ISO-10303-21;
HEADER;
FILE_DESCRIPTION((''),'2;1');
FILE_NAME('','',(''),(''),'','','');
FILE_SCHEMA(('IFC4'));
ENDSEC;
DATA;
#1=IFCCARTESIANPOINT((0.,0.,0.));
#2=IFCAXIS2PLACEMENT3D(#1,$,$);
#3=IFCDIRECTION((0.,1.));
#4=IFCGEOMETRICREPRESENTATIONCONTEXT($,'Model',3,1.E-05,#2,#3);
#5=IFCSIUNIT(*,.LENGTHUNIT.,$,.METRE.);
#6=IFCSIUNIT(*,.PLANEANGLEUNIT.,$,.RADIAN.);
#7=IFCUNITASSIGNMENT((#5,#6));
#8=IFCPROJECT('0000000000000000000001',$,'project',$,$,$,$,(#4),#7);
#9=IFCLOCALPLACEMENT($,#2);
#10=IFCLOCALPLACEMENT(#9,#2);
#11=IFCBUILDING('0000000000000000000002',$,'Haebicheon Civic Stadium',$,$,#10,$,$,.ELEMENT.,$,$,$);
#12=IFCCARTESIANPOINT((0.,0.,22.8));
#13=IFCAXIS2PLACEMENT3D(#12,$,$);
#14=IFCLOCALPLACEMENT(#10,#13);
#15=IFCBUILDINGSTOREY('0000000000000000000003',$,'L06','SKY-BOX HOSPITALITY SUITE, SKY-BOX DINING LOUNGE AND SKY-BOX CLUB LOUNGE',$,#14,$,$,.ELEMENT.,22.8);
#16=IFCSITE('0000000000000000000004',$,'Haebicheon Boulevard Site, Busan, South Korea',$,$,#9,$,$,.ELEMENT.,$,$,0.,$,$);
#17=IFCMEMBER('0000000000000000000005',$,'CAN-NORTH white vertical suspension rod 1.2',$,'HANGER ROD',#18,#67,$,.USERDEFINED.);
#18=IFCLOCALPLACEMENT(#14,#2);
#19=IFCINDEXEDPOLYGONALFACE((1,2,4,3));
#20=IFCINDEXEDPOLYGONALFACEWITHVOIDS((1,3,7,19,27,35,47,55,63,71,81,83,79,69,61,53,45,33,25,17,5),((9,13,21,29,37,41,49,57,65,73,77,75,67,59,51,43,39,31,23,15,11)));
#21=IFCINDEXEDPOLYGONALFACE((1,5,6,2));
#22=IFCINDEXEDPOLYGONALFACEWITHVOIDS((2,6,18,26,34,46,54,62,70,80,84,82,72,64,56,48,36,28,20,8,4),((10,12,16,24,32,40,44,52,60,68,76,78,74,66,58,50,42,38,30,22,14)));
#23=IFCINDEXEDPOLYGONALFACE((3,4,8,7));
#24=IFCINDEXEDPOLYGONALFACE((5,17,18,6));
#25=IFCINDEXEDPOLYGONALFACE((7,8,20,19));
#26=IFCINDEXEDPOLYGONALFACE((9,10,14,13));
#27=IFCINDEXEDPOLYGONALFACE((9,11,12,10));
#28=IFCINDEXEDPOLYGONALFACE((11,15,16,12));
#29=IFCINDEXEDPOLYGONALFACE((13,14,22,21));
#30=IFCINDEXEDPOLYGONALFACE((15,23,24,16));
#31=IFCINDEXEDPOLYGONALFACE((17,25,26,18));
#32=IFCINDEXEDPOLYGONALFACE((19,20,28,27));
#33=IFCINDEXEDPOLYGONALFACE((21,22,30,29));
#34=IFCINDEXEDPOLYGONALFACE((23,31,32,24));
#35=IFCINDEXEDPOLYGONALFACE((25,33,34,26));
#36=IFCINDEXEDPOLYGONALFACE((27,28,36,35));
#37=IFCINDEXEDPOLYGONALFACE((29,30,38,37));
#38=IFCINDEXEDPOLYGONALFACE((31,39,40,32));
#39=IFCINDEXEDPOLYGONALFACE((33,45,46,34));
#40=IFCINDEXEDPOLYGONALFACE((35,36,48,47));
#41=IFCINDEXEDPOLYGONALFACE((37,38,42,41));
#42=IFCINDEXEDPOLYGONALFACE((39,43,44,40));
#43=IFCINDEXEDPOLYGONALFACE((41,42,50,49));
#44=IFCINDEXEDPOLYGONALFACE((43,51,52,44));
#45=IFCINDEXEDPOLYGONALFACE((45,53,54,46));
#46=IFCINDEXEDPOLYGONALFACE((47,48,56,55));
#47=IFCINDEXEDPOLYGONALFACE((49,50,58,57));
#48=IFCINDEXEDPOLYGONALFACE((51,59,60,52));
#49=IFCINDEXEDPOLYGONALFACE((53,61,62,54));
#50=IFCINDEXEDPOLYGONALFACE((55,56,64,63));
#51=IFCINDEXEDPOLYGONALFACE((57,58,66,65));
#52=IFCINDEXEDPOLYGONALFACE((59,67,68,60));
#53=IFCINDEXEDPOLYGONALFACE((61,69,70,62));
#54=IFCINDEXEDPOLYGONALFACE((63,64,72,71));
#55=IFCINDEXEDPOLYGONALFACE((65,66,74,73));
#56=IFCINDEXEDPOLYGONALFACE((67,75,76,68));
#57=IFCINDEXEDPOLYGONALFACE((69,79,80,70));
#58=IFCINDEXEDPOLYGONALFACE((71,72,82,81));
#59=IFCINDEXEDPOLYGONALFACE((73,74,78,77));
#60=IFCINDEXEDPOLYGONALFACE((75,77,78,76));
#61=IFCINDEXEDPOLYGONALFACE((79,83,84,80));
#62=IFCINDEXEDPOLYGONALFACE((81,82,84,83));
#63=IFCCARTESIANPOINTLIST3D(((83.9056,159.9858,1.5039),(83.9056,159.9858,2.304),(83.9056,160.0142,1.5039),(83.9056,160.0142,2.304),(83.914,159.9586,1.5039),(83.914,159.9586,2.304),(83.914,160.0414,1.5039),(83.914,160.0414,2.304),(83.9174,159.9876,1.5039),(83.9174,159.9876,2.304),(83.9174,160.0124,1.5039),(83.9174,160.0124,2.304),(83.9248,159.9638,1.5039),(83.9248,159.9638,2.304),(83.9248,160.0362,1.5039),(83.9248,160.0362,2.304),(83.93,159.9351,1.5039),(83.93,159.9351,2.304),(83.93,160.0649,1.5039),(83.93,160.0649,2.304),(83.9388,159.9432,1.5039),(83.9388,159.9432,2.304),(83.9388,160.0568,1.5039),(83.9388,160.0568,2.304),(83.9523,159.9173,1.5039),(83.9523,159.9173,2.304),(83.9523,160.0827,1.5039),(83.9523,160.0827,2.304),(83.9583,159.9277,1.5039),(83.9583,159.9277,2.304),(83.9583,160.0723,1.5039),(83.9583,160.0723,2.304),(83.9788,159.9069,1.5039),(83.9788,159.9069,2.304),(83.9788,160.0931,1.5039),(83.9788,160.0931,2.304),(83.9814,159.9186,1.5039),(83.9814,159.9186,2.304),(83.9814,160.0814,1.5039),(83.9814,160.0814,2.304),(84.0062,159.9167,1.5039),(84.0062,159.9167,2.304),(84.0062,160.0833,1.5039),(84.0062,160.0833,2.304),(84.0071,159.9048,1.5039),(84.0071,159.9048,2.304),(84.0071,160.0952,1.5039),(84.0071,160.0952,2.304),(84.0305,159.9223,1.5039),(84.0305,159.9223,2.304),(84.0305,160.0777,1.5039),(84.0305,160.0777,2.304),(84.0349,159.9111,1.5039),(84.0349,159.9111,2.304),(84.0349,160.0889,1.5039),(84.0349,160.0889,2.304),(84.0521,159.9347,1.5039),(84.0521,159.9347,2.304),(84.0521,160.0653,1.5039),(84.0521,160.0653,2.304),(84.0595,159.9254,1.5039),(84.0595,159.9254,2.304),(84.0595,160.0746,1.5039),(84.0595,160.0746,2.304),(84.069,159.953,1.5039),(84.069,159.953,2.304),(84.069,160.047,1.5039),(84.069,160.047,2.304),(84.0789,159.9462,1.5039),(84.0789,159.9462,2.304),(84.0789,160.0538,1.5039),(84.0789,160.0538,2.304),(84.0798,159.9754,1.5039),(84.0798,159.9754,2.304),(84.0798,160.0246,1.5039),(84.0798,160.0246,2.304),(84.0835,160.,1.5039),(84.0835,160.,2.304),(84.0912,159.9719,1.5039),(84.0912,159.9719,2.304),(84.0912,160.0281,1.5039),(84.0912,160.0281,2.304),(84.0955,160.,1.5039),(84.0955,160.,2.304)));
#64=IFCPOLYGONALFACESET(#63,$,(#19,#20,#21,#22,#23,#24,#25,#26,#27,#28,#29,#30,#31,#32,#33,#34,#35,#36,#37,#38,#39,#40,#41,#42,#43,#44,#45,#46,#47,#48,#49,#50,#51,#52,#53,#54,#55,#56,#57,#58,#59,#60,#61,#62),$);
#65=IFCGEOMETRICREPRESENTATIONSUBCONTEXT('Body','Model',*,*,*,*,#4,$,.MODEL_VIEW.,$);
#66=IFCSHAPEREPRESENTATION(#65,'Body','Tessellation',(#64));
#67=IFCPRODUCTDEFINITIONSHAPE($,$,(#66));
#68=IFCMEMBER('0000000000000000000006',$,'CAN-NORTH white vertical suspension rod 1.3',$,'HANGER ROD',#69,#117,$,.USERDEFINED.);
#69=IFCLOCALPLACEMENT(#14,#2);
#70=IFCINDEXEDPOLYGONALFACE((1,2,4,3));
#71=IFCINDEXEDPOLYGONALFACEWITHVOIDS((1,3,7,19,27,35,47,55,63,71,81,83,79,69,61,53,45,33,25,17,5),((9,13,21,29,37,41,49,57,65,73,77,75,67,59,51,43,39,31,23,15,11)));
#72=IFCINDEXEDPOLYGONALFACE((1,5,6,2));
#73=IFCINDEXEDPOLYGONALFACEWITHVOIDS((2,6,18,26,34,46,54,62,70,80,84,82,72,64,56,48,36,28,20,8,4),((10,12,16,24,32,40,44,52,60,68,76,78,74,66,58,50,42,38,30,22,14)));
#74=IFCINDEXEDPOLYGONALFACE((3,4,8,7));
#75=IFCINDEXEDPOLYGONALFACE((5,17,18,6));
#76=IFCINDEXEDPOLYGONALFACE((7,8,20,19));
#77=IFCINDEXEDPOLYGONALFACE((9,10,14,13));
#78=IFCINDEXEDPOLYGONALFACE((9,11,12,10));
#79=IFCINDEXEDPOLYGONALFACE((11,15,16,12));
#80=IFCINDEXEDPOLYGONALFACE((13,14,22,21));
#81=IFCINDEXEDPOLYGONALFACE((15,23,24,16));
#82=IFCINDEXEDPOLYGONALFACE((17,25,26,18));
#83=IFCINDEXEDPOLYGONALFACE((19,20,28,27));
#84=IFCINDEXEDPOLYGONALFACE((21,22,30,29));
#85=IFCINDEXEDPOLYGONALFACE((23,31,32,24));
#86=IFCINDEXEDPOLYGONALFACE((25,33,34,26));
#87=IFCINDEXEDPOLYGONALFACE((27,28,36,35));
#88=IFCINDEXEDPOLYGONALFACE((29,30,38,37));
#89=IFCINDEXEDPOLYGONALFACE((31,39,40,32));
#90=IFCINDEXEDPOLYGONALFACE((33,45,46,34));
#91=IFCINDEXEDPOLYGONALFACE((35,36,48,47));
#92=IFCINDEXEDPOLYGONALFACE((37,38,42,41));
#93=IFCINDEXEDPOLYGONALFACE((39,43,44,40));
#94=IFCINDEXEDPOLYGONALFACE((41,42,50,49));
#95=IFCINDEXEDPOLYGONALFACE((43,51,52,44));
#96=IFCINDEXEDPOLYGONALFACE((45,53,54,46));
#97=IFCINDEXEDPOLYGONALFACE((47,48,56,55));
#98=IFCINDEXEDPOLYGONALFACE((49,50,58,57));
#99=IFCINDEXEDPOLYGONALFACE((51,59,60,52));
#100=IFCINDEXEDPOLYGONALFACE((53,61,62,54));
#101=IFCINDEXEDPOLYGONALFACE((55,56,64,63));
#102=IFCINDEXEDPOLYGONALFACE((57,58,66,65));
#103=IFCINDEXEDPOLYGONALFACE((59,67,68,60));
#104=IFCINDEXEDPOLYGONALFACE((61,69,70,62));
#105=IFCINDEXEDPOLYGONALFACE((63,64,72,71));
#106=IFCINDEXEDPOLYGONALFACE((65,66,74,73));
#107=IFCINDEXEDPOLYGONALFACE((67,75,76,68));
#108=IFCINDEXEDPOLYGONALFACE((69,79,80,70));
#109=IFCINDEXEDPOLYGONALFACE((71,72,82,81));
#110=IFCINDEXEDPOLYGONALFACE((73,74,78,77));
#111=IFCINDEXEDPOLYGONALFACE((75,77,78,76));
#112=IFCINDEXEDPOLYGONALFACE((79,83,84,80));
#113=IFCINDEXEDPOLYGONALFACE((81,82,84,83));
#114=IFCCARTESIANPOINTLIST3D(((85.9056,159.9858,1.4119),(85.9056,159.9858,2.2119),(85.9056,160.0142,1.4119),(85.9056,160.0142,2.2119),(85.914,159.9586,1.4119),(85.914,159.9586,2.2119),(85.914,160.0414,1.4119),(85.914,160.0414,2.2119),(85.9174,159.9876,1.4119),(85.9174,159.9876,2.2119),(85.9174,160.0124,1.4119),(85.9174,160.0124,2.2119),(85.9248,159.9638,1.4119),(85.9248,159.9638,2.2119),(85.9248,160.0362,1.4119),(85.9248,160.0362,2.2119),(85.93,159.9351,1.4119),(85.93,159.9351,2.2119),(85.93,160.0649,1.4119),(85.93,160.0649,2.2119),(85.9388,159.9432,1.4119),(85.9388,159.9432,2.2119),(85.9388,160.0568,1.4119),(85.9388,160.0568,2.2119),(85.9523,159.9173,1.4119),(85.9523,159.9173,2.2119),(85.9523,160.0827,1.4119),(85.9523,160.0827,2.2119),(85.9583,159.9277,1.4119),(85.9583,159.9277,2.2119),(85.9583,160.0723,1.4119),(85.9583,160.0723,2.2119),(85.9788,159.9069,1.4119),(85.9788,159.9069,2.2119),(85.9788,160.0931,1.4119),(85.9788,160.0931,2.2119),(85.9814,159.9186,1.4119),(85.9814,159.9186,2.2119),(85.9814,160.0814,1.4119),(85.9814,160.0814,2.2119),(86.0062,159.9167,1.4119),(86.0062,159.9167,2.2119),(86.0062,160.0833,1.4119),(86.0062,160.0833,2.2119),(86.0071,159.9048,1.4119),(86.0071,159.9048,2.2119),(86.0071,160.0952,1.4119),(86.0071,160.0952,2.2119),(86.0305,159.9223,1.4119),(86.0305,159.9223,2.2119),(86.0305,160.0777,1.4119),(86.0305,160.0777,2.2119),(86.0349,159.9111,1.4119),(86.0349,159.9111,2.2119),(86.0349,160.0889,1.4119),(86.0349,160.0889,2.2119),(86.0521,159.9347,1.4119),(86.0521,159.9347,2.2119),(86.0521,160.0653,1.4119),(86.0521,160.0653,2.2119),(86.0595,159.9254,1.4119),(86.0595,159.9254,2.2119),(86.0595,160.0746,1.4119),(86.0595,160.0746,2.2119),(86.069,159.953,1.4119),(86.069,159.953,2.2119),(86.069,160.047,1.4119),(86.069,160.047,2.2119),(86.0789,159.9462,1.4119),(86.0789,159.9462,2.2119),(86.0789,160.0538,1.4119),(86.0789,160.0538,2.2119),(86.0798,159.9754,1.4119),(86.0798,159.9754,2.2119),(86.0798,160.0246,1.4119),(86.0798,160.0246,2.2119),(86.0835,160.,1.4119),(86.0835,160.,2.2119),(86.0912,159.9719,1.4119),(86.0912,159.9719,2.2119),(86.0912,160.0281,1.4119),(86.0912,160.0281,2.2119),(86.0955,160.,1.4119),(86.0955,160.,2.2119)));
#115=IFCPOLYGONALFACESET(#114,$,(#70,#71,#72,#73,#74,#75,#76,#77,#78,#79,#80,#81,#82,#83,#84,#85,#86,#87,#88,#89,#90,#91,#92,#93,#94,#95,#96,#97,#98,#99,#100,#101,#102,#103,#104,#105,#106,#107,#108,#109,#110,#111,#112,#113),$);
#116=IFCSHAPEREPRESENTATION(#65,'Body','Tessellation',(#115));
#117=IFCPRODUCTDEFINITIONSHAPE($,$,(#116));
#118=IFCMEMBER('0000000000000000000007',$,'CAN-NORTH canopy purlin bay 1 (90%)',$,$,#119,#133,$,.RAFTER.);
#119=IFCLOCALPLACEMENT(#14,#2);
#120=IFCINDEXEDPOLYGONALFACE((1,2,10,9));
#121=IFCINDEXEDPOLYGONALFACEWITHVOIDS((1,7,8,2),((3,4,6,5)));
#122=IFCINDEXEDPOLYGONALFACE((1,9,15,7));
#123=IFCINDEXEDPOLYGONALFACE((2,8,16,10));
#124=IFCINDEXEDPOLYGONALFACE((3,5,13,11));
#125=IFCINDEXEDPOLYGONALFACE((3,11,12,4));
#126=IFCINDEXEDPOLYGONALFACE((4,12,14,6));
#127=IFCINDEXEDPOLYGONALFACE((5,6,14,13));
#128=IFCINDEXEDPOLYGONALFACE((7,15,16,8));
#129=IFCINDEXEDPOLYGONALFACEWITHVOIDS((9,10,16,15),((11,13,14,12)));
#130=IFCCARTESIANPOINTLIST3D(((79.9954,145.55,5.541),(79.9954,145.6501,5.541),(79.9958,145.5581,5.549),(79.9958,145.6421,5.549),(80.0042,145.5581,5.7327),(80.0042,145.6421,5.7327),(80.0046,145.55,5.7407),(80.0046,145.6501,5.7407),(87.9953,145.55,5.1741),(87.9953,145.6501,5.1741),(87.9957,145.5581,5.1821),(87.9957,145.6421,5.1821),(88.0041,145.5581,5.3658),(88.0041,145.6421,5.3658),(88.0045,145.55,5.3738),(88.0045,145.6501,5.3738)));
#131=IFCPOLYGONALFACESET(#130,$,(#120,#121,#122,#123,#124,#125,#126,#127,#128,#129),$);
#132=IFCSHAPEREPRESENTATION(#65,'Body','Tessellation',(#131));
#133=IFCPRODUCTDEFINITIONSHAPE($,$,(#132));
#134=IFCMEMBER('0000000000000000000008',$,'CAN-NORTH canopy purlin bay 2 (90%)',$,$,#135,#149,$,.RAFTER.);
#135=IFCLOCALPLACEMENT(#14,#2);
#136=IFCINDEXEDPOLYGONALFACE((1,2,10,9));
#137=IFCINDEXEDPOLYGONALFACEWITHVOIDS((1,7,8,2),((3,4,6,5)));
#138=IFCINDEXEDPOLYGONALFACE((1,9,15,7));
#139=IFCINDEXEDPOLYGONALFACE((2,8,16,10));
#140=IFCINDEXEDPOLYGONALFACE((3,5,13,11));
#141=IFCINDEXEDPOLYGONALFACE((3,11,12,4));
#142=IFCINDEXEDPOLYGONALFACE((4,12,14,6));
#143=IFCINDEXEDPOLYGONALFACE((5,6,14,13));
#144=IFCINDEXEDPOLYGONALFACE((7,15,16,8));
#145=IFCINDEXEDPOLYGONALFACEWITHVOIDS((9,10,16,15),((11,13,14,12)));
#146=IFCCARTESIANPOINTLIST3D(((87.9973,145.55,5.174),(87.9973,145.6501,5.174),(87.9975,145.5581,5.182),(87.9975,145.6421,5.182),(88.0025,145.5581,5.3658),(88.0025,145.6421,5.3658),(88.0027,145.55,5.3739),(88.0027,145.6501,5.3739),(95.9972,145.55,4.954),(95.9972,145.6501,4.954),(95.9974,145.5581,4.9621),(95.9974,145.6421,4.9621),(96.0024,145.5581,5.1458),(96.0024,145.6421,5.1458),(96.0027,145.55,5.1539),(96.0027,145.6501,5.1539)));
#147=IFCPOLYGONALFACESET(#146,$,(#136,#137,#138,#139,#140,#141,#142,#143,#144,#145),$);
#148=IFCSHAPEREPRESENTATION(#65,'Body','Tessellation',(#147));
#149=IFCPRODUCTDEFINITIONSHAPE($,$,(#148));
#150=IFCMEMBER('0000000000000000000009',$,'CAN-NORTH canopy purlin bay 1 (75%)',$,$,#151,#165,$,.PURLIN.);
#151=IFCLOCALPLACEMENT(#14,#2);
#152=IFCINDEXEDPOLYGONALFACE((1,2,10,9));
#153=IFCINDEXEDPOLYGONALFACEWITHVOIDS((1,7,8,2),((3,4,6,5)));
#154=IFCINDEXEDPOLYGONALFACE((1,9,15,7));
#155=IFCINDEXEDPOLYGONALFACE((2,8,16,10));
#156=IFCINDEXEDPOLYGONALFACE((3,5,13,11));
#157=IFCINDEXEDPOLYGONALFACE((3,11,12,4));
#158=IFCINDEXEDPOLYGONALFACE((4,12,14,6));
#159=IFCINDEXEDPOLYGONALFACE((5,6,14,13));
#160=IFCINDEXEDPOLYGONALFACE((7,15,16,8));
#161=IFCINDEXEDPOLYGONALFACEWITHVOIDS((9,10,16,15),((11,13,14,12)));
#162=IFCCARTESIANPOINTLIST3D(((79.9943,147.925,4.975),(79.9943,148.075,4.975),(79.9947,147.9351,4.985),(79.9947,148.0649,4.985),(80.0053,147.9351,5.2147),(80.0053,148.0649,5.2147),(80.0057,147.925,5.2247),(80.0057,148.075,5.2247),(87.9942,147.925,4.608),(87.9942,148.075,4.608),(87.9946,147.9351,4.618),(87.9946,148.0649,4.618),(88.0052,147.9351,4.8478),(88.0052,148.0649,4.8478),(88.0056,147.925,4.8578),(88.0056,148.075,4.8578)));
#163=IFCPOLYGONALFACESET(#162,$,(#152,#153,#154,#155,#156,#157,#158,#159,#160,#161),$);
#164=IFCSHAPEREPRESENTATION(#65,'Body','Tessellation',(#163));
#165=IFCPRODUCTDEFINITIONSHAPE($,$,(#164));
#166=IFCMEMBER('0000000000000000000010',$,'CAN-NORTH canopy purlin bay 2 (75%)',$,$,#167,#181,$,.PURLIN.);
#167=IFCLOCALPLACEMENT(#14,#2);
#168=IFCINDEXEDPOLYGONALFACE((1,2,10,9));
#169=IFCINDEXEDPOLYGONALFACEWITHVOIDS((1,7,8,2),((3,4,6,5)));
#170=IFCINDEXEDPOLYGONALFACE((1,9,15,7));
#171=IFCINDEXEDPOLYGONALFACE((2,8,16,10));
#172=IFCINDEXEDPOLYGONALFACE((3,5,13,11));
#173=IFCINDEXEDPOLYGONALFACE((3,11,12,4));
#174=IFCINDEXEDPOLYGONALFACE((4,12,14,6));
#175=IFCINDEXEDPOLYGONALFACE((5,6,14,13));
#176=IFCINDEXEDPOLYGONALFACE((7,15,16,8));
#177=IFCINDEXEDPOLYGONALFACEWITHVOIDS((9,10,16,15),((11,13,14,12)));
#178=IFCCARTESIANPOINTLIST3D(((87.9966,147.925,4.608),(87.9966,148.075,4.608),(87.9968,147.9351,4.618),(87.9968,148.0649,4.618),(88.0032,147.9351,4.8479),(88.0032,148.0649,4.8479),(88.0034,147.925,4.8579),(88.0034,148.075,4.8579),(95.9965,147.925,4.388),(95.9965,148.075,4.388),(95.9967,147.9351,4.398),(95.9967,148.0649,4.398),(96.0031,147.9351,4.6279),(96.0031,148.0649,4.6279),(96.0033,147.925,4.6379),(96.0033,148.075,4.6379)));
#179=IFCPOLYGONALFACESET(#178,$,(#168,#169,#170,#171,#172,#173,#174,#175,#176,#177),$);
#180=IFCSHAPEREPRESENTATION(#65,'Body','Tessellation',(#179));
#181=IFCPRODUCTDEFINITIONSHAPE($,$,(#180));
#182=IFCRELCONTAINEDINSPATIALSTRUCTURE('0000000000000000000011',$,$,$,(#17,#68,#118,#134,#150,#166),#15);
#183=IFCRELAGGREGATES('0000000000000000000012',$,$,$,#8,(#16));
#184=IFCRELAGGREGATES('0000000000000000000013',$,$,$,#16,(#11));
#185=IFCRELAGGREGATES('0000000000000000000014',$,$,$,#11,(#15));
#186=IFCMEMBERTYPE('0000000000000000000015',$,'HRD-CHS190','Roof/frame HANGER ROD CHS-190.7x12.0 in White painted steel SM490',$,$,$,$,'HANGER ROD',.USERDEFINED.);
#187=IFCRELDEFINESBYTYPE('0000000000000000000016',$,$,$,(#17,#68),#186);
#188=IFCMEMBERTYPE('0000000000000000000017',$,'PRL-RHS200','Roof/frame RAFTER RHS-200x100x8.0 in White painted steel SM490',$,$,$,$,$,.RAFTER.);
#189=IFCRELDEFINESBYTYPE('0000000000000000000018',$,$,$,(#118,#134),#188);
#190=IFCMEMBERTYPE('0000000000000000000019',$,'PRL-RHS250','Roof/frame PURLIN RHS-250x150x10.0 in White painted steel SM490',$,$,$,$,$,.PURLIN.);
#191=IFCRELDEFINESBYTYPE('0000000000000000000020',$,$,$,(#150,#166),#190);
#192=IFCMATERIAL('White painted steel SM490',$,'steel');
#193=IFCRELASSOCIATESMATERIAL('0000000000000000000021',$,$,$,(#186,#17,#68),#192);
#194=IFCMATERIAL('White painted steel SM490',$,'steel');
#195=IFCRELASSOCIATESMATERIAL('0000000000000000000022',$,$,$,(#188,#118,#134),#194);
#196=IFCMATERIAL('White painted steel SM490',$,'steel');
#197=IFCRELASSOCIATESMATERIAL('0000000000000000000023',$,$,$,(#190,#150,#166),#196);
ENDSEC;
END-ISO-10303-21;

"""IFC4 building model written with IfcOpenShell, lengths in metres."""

from ifc_helpers import new_model, si_unit, direction, frame, origin, origin_2d, place, context, subcontext, project, spatial, hollow_rectangle, hollow_circle, extrude, material, material_profile, profile_set, type_object, element, save


model = new_model("IFC4")

# Units and contexts
model_context = context("Model", 3, precision=1e-05, world=origin(), true_north=direction((0.0, 1.0)))
body_context = subcontext(model_context, "Body", "Model", "MODEL_VIEW")
ifc_project = project(units=[si_unit("LENGTHUNIT", "METRE"), si_unit("PLANEANGLEUNIT", "RADIAN")], contexts=[model_context])

# Site, building, storey
site_placement = place(None, origin())
site = spatial("IfcSite", under=ifc_project, at=site_placement, Name="Haebicheon Boulevard Site, Busan, South Korea", CompositionType="ELEMENT", RefElevation=0.0)
building_placement = place(site_placement, origin())
building = spatial("IfcBuilding", under=site, at=building_placement, Name="Haebicheon Civic Stadium", CompositionType="ELEMENT")
storey_placement = place(building_placement, frame((0.0, 0.0, 22.8)))
storey = spatial("IfcBuildingStorey", under=building, at=storey_placement, Name="L06", Description="SKY-BOX HOSPITALITY SUITE, SKY-BOX DINING LOUNGE AND SKY-BOX CLUB LOUNGE", CompositionType="ELEMENT", Elevation=22.8)

# Members
ifc_material_1 = material(Name="White painted steel SM490", Category="steel")
ifc_material_profile_1 = material_profile(ifc_material_1, hollow_circle(Radius=0.0955, WallThickness=0.012, at=origin_2d()), Name="CHS-190.7x12.0")
ifc_profile_set_1 = profile_set([ifc_material_profile_1], Name="White painted steel SM490")
member_type_1 = type_object("IfcMemberType", Name="HRD-CHS190", Description="Roof/frame HANGER ROD CHS-190.7x12.0 in White painted steel SM490", ElementType="HANGER ROD", PredefinedType="USERDEFINED", material=ifc_profile_set_1)
for number, where, z_axis, x_axis, name in (
    (1, (84.0, 160.0, 1.5039), (0.0, 0.0, 1.0), (1.0, 0.0, 0.0), "CAN-NORTH white vertical suspension rod 1.2"),
    (2, (86.0, 160.0, 1.4119), (0.0, 0.0, 1.0), (1.0, 0.0, 0.0), "CAN-NORTH white vertical suspension rod 1.3"),
):
    element("IfcMember", number, at=place(storey_placement, frame(where, z_axis=z_axis, x_axis=x_axis)), inside=storey, type_object=member_type_1, material=ifc_profile_set_1, Name=name, ObjectType="HANGER ROD", PredefinedType="USERDEFINED", context=body_context, shape_type="SweptSolid", body=[
        extrude(hollow_circle(Radius=0.0955, WallThickness=0.012, at=origin_2d()), origin(), (0.0, 0.0, 1.0), 0.8),
    ])
ifc_material_2 = material(Name="White painted steel SM490", Category="steel")
ifc_material_profile_2 = material_profile(ifc_material_2, hollow_rectangle(XDim=0.1001, YDim=0.2, WallThickness=0.0081, at=origin_2d()), Name="RHS-200x100x8.0")
ifc_profile_set_2 = profile_set([ifc_material_profile_2], Name="White painted steel SM490")
member_type_2 = type_object("IfcMemberType", Name="PRL-RHS200", Description="Roof/frame RAFTER RHS-200x100x8.0 in White painted steel SM490", PredefinedType="RAFTER", material=ifc_profile_set_2)
member_1_placement = place(storey_placement, frame((80.0, 145.6001, 5.6409), z_axis=(0.99895, 0.0, -0.04582), x_axis=(0.0, 1.0, 0.0)))
element("IfcMember", 3, at=member_1_placement, inside=storey, type_object=member_type_2, material=ifc_profile_set_2, Name="CAN-NORTH canopy purlin bay 1 (90%)", PredefinedType="RAFTER", context=body_context, shape_type="SweptSolid", body=[
    extrude(hollow_rectangle(XDim=0.1001, YDim=0.2, WallThickness=0.0081, at=origin_2d()), origin(), (0.0, 0.0, 1.0), 8.0083),
])
member_2_placement = place(storey_placement, frame((88.0, 145.6001, 5.2739), z_axis=(0.999622, 0.0, -0.027486), x_axis=(0.0, 1.0, 0.0)))
element("IfcMember", 4, at=member_2_placement, inside=storey, type_object=member_type_2, material=ifc_profile_set_2, Name="CAN-NORTH canopy purlin bay 2 (90%)", PredefinedType="RAFTER", context=body_context, shape_type="SweptSolid", body=[
    extrude(hollow_rectangle(XDim=0.1001, YDim=0.2, WallThickness=0.0081, at=origin_2d()), origin(), (0.0, 0.0, 1.0), 8.0029),
])
ifc_material_3 = material(Name="White painted steel SM490", Category="steel")
ifc_material_profile_3 = material_profile(ifc_material_3, hollow_rectangle(XDim=0.1499, YDim=0.25, WallThickness=0.01, at=origin_2d()), Name="RHS-250x150x10.0")
ifc_profile_set_3 = profile_set([ifc_material_profile_3], Name="White painted steel SM490")
member_type_3 = type_object("IfcMemberType", Name="PRL-RHS250", Description="Roof/frame PURLIN RHS-250x150x10.0 in White painted steel SM490", PredefinedType="PURLIN", material=ifc_profile_set_3)
member_3_placement = place(storey_placement, frame((80.0, 148.0, 5.0999), z_axis=(0.99895, 0.0, -0.04582), x_axis=(0.0, 1.0, 0.0)))
element("IfcMember", 5, at=member_3_placement, inside=storey, type_object=member_type_3, material=ifc_profile_set_3, Name="CAN-NORTH canopy purlin bay 1 (75%)", PredefinedType="PURLIN", context=body_context, shape_type="SweptSolid", body=[
    extrude(hollow_rectangle(XDim=0.1499, YDim=0.25, WallThickness=0.01, at=origin_2d()), origin(), (0.0, 0.0, 1.0), 8.0083),
])
member_4_placement = place(storey_placement, frame((88.0, 148.0, 4.7329), z_axis=(0.999622, 0.0, -0.027486), x_axis=(0.0, 1.0, 0.0)))
element("IfcMember", 6, at=member_4_placement, inside=storey, type_object=member_type_3, material=ifc_profile_set_3, Name="CAN-NORTH canopy purlin bay 2 (75%)", PredefinedType="PURLIN", context=body_context, shape_type="SweptSolid", body=[
    extrude(hollow_rectangle(XDim=0.1499, YDim=0.25, WallThickness=0.01, at=origin_2d()), origin(), (0.0, 0.0, 1.0), 8.0029),
])

save(model, "model.ifc")
